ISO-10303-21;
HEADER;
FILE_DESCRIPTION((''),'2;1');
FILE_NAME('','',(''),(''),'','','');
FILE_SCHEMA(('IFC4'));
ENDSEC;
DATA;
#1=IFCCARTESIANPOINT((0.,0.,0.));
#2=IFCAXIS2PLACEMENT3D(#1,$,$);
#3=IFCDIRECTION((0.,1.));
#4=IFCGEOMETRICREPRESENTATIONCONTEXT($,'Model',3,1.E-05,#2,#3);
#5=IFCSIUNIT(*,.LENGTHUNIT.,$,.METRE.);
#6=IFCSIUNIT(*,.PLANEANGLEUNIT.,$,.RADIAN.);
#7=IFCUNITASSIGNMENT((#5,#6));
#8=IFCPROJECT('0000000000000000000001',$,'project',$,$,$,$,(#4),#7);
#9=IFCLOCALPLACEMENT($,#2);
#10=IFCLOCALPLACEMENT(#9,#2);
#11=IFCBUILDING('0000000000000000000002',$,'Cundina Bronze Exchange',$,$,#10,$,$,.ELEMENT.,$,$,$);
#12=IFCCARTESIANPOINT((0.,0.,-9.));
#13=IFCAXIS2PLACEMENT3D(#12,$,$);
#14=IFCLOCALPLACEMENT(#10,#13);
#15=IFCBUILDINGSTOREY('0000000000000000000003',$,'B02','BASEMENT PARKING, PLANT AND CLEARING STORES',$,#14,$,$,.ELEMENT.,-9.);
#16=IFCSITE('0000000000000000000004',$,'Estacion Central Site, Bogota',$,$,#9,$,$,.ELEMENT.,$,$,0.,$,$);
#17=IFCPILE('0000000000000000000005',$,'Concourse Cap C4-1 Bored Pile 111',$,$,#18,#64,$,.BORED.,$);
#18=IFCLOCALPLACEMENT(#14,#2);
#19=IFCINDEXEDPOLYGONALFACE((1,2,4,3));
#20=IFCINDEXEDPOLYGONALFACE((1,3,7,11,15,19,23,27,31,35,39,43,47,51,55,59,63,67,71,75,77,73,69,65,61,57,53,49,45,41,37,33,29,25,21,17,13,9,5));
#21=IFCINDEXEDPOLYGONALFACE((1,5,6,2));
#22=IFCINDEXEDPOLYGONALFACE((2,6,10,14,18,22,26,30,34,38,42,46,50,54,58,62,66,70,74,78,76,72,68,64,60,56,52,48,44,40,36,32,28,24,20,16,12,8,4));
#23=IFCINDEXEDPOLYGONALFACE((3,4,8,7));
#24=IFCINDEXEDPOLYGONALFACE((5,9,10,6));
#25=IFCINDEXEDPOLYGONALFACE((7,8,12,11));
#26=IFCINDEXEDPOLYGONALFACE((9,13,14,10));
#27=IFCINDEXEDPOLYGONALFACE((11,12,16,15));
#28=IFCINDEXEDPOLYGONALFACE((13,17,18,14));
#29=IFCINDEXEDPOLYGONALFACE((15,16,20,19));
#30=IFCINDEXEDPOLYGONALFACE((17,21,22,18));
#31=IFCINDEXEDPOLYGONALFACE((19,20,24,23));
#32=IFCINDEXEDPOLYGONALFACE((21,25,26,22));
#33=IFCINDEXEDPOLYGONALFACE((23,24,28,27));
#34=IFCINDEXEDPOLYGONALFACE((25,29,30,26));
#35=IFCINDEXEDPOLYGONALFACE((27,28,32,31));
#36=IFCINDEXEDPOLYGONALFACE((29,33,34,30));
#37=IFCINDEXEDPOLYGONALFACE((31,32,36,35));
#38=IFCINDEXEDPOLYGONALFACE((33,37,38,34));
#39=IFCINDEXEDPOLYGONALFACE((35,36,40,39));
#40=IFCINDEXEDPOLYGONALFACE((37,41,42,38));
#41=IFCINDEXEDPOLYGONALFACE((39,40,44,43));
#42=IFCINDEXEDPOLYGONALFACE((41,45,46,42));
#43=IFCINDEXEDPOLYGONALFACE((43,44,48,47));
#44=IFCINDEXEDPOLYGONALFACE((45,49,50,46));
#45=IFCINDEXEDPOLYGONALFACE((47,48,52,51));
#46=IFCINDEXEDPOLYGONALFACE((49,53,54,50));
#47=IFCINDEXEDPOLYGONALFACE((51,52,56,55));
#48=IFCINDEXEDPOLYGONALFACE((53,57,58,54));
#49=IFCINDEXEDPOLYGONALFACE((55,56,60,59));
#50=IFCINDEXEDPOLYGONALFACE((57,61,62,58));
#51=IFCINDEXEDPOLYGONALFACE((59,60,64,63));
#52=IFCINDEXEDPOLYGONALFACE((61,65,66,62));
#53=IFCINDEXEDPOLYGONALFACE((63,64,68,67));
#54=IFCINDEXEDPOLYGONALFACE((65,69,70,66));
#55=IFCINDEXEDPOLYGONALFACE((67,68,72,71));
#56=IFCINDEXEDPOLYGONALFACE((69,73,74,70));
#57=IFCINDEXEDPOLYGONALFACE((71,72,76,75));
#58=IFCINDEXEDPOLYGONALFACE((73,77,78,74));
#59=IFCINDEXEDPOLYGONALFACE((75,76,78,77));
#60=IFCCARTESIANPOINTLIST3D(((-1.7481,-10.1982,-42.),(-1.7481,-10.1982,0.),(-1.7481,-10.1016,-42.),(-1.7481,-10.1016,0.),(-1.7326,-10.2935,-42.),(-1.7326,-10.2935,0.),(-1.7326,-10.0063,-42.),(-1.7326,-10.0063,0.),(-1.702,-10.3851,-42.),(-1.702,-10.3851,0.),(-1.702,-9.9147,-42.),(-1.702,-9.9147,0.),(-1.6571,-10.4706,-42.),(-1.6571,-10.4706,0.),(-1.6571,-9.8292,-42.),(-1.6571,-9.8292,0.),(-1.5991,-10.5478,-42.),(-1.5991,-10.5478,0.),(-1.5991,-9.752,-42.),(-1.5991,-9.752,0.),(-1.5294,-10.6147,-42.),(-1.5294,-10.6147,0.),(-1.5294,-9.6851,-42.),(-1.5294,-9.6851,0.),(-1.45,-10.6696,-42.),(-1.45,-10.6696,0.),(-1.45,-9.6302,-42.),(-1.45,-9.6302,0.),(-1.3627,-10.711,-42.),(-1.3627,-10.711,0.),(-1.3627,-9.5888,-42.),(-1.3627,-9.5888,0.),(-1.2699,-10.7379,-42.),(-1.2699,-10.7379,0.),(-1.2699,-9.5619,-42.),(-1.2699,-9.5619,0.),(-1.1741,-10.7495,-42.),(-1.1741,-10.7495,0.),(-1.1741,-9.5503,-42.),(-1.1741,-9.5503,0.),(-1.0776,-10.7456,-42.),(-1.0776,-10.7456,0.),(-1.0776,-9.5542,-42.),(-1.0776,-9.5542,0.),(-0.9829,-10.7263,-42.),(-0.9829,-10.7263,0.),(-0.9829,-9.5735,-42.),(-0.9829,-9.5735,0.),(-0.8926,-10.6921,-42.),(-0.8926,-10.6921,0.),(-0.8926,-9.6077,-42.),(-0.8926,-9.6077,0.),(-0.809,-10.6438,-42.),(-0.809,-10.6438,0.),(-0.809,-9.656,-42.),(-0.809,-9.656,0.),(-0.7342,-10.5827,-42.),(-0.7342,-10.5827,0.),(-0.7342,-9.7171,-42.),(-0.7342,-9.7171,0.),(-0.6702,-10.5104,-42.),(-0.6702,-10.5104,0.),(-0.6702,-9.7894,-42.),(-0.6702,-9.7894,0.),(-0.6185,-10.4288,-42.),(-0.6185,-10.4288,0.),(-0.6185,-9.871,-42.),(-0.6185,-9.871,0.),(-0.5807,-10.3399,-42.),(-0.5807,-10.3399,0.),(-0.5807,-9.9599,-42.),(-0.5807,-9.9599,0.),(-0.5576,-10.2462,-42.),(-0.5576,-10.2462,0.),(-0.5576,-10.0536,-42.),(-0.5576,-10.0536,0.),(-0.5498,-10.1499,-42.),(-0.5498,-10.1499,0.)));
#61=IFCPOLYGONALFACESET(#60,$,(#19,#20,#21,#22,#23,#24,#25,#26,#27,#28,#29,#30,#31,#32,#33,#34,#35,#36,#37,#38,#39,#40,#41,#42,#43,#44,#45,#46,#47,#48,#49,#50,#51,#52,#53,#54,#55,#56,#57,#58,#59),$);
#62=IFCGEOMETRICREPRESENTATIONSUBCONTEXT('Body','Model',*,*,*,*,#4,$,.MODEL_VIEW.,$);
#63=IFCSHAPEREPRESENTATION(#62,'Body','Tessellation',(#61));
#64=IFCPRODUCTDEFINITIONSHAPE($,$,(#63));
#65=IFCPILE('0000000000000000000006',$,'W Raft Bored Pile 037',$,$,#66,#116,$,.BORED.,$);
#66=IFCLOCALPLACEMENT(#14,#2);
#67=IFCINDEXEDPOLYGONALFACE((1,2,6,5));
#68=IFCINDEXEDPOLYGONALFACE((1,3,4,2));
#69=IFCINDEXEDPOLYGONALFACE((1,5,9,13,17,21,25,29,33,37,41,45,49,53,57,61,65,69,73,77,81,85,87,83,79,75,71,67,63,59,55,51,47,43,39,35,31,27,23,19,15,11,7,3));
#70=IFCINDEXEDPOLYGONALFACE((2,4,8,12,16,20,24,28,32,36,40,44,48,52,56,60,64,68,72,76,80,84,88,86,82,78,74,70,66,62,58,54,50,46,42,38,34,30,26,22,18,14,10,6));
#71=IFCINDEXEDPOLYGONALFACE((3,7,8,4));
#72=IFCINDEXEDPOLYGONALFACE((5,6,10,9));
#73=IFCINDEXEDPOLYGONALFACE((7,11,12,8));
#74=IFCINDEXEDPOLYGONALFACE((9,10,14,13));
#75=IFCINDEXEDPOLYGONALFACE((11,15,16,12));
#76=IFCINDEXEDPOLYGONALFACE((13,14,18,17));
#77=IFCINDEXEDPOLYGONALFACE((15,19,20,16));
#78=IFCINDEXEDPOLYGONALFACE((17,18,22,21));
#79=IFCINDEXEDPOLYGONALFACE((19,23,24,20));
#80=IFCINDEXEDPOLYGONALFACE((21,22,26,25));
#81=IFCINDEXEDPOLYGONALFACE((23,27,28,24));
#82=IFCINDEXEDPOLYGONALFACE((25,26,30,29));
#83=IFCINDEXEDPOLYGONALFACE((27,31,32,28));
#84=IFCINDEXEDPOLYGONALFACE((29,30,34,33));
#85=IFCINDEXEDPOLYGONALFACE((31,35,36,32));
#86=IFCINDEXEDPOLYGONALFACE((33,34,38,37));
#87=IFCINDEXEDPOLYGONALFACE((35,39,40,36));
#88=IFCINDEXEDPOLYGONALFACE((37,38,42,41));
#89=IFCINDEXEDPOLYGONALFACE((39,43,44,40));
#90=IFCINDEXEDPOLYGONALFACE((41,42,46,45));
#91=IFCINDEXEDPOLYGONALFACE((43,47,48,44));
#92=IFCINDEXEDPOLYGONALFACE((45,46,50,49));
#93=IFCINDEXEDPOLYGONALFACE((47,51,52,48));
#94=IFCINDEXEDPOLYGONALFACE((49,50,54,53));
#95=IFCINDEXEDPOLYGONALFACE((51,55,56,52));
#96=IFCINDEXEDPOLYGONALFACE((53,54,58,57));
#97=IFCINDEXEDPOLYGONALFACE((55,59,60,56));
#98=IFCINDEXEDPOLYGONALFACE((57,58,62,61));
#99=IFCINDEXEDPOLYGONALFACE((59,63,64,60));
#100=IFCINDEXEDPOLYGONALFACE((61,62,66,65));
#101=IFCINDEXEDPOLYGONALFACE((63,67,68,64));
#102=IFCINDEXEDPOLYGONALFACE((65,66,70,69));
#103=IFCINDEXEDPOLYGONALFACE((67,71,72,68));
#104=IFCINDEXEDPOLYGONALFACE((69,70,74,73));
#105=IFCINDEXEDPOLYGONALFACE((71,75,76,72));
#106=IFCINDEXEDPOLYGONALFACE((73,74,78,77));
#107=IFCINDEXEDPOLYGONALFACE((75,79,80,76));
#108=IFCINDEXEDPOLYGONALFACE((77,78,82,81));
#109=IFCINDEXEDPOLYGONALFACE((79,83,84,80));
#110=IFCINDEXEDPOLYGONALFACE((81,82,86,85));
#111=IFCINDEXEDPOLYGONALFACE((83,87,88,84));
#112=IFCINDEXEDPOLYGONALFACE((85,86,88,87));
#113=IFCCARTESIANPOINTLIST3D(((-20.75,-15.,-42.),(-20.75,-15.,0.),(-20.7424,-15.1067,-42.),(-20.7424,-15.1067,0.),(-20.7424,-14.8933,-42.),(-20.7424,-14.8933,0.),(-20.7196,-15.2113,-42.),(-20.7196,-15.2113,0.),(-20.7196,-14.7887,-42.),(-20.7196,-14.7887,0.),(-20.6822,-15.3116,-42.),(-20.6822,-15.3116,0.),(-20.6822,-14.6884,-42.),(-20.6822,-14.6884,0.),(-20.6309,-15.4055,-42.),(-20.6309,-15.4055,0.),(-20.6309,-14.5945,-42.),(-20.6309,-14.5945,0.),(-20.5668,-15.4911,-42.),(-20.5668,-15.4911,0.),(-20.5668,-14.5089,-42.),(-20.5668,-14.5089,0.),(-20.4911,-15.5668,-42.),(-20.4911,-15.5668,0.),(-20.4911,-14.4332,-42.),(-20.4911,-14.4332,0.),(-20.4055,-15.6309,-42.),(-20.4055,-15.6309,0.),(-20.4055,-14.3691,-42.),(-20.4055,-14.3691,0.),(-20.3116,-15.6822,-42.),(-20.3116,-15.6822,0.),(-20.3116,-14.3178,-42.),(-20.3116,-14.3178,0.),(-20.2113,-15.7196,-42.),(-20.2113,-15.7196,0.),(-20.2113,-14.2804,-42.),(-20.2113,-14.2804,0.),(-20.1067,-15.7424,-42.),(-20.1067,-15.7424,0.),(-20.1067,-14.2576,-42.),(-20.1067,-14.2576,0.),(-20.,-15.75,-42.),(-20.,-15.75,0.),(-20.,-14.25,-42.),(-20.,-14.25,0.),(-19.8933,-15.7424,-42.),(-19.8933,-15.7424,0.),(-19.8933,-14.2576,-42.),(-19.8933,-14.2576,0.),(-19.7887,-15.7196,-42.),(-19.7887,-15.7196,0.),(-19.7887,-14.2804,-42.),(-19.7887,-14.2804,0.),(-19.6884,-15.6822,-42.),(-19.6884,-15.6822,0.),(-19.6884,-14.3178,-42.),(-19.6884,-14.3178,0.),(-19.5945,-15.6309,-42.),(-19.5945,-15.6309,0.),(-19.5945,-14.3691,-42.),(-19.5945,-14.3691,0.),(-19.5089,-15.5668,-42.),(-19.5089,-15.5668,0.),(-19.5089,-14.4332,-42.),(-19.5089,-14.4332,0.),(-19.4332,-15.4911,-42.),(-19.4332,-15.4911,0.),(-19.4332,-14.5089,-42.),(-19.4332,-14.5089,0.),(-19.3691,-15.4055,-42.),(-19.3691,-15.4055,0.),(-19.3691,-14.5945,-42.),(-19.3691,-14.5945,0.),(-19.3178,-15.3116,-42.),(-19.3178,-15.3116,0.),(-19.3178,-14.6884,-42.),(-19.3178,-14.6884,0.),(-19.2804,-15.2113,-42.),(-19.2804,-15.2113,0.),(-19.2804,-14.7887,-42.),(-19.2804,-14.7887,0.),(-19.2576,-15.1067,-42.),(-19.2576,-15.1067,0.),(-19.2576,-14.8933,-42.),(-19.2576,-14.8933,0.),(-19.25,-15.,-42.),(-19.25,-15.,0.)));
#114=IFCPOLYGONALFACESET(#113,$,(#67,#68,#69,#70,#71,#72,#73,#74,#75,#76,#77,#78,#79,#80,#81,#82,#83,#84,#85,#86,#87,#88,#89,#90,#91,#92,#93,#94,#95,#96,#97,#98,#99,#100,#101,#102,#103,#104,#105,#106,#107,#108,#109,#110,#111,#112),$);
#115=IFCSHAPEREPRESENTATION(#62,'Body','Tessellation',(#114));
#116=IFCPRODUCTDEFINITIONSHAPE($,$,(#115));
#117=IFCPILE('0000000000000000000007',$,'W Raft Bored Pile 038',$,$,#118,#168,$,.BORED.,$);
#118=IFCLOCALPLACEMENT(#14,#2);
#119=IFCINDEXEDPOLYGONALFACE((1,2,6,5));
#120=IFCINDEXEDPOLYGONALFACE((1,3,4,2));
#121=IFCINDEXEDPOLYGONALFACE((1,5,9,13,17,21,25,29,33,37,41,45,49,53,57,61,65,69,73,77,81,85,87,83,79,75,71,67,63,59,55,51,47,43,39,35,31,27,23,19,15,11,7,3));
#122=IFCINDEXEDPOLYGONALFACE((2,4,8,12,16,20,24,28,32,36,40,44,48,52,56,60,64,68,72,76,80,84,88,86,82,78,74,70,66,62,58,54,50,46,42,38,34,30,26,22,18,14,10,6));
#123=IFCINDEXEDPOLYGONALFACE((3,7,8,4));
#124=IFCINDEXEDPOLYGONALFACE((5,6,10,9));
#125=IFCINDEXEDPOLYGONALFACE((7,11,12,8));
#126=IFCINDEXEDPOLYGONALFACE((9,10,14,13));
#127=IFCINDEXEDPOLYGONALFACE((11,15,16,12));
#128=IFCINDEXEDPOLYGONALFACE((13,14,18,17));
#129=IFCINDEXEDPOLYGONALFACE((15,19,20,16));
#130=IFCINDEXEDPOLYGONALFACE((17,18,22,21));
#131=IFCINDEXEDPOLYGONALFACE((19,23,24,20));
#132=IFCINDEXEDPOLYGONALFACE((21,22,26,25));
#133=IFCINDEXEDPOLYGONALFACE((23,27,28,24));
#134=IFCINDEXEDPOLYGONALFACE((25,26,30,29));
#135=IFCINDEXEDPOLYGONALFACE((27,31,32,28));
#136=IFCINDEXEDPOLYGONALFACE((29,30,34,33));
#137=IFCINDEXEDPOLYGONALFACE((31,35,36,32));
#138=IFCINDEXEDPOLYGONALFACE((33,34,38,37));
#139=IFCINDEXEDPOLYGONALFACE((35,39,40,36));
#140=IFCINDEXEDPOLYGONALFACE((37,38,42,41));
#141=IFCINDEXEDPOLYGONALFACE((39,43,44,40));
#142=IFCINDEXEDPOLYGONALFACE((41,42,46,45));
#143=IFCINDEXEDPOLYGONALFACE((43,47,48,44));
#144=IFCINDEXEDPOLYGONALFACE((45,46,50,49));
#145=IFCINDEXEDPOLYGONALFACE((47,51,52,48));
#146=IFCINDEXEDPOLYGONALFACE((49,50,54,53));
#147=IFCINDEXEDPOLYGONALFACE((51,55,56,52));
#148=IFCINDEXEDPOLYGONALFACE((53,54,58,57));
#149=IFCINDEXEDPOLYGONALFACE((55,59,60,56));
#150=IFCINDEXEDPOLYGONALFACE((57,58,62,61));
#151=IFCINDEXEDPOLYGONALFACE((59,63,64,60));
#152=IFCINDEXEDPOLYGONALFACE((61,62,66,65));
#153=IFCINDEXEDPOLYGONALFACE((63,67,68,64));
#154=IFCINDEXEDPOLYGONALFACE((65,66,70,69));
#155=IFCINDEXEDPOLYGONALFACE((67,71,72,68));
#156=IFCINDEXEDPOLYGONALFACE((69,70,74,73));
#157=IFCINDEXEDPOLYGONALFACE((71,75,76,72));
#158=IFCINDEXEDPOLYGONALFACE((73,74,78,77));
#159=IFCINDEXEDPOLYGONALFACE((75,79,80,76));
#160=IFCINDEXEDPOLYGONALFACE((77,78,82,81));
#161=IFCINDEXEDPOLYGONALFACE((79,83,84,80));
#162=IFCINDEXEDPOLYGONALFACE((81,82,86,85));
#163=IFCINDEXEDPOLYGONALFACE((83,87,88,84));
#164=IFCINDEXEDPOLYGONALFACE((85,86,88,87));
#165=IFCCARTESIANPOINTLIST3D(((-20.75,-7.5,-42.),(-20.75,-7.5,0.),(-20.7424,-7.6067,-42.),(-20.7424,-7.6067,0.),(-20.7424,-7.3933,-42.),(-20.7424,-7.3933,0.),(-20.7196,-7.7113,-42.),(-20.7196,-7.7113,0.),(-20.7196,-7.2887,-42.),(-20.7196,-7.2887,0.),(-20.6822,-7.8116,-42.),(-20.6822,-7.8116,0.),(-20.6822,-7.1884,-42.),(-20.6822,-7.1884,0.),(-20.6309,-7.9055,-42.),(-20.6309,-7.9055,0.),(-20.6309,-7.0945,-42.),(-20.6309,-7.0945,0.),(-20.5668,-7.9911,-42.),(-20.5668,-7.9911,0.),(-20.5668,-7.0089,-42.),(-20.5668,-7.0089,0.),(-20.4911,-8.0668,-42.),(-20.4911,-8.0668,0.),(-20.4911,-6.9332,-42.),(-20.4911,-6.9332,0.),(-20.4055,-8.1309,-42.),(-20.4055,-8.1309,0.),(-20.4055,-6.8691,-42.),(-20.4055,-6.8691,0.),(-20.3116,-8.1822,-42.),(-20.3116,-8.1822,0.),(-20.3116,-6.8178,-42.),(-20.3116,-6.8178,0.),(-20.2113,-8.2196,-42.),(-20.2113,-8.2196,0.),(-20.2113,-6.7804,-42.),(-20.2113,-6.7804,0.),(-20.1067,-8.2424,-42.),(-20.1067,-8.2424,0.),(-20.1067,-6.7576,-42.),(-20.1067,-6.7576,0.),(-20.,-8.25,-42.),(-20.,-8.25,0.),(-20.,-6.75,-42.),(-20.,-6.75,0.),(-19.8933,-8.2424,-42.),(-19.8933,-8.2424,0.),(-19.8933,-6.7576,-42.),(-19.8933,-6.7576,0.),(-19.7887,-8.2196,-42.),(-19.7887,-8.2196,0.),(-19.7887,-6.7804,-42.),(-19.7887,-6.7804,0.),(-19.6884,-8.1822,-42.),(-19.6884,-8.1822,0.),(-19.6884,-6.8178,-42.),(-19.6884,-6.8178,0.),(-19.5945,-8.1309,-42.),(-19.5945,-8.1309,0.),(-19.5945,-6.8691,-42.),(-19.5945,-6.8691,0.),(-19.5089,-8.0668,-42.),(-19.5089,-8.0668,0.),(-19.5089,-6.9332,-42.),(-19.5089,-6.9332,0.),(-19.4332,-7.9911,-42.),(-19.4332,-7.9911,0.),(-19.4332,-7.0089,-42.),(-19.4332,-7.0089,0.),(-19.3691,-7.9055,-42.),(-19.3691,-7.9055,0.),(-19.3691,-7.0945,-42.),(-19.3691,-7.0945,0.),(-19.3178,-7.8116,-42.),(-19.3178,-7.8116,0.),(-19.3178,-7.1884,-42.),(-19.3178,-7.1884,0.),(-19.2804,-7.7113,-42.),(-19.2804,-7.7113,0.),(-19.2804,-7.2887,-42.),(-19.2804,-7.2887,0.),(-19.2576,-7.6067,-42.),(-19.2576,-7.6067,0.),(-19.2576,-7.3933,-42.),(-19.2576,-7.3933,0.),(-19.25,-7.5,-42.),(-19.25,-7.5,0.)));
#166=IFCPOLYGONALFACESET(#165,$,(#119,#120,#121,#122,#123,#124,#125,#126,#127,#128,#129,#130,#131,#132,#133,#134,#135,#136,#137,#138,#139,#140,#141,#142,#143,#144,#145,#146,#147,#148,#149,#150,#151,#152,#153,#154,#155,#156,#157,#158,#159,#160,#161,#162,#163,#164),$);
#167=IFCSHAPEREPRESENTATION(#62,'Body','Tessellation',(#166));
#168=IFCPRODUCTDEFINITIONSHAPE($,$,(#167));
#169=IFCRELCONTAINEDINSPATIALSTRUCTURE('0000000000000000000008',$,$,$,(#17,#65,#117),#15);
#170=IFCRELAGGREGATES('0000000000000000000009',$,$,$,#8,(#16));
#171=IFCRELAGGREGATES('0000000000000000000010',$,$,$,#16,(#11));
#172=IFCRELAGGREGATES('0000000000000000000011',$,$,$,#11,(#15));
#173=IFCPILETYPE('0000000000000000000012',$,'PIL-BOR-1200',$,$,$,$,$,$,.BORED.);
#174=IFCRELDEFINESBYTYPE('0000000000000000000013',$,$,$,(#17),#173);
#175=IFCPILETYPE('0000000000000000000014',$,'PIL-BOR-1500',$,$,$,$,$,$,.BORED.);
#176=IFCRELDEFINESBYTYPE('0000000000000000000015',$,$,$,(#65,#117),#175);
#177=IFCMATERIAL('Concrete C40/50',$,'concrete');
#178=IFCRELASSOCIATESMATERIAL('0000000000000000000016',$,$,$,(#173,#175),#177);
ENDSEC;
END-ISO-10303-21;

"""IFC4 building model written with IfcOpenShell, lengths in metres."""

from ifc_helpers import new_model, si_unit, direction, frame, origin, origin_2d, place, context, subcontext, project, spatial, circle, extrude, material, material_profile, profile_set, type_object, element, save


model = new_model("IFC4")

# Units and contexts
model_context = context("Model", 3, precision=1e-05, world=origin(), true_north=direction((0.0, 1.0)))
body_context = subcontext(model_context, "Body", "Model", "MODEL_VIEW")
ifc_project = project(units=[si_unit("LENGTHUNIT", "METRE"), si_unit("PLANEANGLEUNIT", "RADIAN")], contexts=[model_context])

# Site, building, storey
site_placement = place(None, origin())
site = spatial("IfcSite", under=ifc_project, at=site_placement, Name="Estacion Central Site, Bogota", CompositionType="ELEMENT", RefElevation=0.0)
building_placement = place(site_placement, origin())
building = spatial("IfcBuilding", under=site, at=building_placement, Name="Cundina Bronze Exchange", CompositionType="ELEMENT")
storey_placement = place(building_placement, frame((0.0, 0.0, -9.0)))
storey = spatial("IfcBuildingStorey", under=building, at=storey_placement, Name="B02", Description="BASEMENT PARKING, PLANT AND CLEARING STORES", CompositionType="ELEMENT", Elevation=-9.0)

# Shared definitions
ifc_material_1 = material(Name="Concrete C40/50", Category="concrete")

# Piles
ifc_material_profile_1 = material_profile(ifc_material_1, circle(Radius=0.6001, at=origin_2d()), Name="PILE1200D", Category="concrete")
ifc_profile_set_1 = profile_set([ifc_material_profile_1], Name="Concrete C40/50")
pile_type_1 = type_object("IfcPileType", Name="PIL-BOR-1200", PredefinedType="BORED", material=ifc_profile_set_1)
for number, where, z_axis, x_axis, name in (
    (1, (-1.1499, -10.1499, 0.0), (0.0, 0.0, -1.0), (1.0, 0.0, 0.0), "Concourse Cap C4-1 Bored Pile 111"),
):
    element("IfcPile", number, at=place(storey_placement, frame(where, z_axis=z_axis, x_axis=x_axis)), inside=storey, type_object=pile_type_1, Name=name, PredefinedType="BORED", context=body_context, shape_type="SweptSolid", body=[
        extrude(circle(Radius=0.6001, at=origin_2d()), origin(), (0.0, 0.0, 1.0), 42.0),
    ])
ifc_material_profile_2 = material_profile(ifc_material_1, circle(Radius=0.75, at=origin_2d()), Name="PILE1500D", Category="concrete")
ifc_profile_set_2 = profile_set([ifc_material_profile_2], Name="Concrete C40/50")
pile_type_2 = type_object("IfcPileType", Name="PIL-BOR-1500", PredefinedType="BORED", material=ifc_profile_set_2)
for number, where, z_axis, x_axis, name in (
    (2, (-20.0, -15.0, 0.0), (0.0, 0.0, -1.0), (1.0, 0.0, 0.0), "W Raft Bored Pile 037"),
    (3, (-20.0, -7.5, 0.0), (0.0, 0.0, -1.0), (1.0, 0.0, 0.0), "W Raft Bored Pile 038"),
):
    element("IfcPile", number, at=place(storey_placement, frame(where, z_axis=z_axis, x_axis=x_axis)), inside=storey, type_object=pile_type_2, Name=name, PredefinedType="BORED", context=body_context, shape_type="SweptSolid", body=[
        extrude(circle(Radius=0.75, at=origin_2d()), origin(), (0.0, 0.0, 1.0), 42.0),
    ])

save(model, "model.ifc")
